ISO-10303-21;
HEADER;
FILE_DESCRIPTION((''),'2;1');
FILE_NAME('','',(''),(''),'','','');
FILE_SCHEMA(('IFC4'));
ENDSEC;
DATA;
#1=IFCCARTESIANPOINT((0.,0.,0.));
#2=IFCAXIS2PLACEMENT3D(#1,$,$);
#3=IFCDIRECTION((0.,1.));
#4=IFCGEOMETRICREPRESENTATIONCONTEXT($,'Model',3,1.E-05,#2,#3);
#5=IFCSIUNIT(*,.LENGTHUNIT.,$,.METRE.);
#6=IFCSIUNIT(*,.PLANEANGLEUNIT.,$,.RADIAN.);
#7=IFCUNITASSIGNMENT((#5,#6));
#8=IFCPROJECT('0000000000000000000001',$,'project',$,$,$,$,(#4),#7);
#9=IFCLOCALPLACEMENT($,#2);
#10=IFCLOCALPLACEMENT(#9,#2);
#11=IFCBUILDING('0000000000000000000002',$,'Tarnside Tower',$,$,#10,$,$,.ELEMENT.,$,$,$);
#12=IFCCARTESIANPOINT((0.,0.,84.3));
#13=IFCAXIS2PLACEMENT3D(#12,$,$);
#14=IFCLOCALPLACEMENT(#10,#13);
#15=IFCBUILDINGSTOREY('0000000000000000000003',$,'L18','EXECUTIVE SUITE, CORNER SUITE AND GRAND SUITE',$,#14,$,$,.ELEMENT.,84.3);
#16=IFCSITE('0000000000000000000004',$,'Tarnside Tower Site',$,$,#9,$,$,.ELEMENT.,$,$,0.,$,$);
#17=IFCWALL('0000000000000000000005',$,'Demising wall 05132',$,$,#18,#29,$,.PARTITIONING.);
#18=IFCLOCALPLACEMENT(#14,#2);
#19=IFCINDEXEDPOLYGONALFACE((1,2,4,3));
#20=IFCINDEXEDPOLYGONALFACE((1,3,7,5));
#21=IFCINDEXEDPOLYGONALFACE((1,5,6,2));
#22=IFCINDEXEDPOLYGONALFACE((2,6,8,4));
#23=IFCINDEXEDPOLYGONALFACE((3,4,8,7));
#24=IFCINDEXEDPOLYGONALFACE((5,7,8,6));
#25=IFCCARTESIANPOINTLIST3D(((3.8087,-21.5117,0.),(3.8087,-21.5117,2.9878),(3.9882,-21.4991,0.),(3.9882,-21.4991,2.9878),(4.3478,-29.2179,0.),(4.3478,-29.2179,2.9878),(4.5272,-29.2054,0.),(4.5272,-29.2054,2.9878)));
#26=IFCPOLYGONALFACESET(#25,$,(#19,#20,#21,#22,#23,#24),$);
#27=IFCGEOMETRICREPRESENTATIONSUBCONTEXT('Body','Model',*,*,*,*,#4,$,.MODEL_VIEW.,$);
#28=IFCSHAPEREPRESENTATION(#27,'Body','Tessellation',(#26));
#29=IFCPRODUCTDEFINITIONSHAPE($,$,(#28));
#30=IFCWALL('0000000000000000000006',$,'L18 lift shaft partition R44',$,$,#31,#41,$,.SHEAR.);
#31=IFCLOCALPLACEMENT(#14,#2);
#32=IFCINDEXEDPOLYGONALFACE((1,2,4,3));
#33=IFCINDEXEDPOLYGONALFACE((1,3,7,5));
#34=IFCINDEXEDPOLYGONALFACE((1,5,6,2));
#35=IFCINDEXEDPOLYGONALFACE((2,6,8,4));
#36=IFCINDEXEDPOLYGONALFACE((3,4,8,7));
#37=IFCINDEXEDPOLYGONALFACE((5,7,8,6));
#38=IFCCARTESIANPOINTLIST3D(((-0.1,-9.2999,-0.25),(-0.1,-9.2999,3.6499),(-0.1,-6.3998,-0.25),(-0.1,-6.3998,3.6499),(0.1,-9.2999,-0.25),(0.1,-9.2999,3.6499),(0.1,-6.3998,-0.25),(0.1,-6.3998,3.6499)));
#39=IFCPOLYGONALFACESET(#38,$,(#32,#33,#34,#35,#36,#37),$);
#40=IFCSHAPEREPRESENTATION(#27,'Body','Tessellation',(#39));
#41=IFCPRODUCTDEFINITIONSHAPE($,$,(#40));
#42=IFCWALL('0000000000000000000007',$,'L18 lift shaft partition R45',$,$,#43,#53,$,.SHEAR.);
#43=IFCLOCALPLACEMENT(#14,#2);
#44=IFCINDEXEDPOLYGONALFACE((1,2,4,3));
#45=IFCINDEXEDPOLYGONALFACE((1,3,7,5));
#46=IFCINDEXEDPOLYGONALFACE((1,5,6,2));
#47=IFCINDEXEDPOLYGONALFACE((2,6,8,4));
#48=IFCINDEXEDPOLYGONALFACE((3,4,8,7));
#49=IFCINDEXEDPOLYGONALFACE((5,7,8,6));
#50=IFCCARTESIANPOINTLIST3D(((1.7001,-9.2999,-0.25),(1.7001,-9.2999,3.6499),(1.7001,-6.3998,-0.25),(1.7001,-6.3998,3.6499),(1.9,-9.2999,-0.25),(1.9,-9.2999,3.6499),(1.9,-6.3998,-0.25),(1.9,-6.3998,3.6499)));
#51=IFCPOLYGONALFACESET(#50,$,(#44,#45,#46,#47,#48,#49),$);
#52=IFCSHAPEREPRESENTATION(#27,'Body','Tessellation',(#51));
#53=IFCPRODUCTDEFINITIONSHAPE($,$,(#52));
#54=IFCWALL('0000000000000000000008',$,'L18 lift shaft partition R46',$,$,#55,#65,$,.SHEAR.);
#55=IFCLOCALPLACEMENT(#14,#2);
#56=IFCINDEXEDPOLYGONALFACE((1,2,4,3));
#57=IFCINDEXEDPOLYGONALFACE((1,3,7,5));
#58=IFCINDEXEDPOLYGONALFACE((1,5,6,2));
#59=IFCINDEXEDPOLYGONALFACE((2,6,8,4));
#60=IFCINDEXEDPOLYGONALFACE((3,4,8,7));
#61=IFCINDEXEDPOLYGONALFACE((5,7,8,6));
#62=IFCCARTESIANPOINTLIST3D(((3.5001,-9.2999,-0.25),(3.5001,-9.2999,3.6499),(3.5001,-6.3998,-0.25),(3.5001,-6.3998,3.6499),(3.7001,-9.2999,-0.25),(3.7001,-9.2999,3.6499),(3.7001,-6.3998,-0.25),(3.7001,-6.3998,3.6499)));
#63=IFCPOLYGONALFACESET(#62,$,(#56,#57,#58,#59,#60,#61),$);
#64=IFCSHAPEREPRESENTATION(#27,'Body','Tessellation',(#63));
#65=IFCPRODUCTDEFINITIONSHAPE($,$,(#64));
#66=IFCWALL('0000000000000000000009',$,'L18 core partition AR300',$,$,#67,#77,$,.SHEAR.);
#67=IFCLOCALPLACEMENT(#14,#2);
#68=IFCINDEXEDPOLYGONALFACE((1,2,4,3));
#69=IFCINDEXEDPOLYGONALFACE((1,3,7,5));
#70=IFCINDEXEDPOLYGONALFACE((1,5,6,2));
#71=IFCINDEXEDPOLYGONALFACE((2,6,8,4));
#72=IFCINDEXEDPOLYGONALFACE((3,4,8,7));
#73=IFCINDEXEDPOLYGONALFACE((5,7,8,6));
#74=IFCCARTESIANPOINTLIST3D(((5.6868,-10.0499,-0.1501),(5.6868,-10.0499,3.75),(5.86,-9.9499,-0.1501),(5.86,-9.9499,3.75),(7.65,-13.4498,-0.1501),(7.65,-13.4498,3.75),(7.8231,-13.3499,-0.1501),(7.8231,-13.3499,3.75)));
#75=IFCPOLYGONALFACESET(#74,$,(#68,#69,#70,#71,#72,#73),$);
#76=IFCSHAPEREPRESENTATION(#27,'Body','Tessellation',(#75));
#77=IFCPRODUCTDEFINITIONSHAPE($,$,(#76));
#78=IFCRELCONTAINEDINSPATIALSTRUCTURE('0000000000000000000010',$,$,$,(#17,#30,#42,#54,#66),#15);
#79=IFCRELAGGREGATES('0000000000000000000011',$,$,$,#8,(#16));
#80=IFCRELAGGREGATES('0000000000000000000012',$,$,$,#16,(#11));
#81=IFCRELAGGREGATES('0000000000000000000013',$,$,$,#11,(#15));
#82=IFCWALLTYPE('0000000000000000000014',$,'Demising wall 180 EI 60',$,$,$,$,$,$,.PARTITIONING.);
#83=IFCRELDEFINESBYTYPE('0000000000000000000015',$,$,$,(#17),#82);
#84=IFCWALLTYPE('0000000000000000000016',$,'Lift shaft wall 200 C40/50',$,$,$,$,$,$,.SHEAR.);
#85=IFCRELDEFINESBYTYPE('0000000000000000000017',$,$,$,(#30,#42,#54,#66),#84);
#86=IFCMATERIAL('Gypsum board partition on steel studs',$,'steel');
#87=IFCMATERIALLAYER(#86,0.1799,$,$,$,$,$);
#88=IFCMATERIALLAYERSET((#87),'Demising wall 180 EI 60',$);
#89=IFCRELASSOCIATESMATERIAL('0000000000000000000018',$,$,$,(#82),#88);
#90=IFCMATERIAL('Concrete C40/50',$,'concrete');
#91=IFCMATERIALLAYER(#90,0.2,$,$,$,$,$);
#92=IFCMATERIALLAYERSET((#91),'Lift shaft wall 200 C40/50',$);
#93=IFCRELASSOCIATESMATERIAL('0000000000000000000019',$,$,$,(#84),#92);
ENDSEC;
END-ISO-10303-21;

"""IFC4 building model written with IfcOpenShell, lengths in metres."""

from ifc_helpers import new_model, si_unit, direction, frame, frame_2d, origin, place, context, subcontext, project, spatial, rectangle, extrude, material, layer, layer_set, type_object, element, save


model = new_model("IFC4")

# Units and contexts
model_context = context("Model", 3, precision=1e-05, world=origin(), true_north=direction((0.0, 1.0)))
body_context = subcontext(model_context, "Body", "Model", "MODEL_VIEW")
ifc_project = project(units=[si_unit("LENGTHUNIT", "METRE"), si_unit("PLANEANGLEUNIT", "RADIAN")], contexts=[model_context])

# Site, building, storey
site_placement = place(None, origin())
site = spatial("IfcSite", under=ifc_project, at=site_placement, Name="Tarnside Tower Site", CompositionType="ELEMENT", RefElevation=0.0)
building_placement = place(site_placement, origin())
building = spatial("IfcBuilding", under=site, at=building_placement, Name="Tarnside Tower", CompositionType="ELEMENT")
storey_placement = place(building_placement, frame((0.0, 0.0, 84.3)))
storey = spatial("IfcBuildingStorey", under=building, at=storey_placement, Name="L18", Description="EXECUTIVE SUITE, CORNER SUITE AND GRAND SUITE", CompositionType="ELEMENT", Elevation=84.3)

# Shared definitions
ifc_material_1 = material(Name="Gypsum board partition on steel studs", Category="steel")

# Shared definitions
ifc_material_2 = material(Name="Concrete C40/50", Category="concrete")

# Walls
ifc_layer_1 = layer(ifc_material_1, 0.1799)
ifc_layer_set_1 = layer_set([ifc_layer_1], Name="Demising wall 180 EI 60")
wall_type_1 = type_object("IfcWallType", Name="Demising wall 180 EI 60", PredefinedType="PARTITIONING", material=ifc_layer_set_1)
wall_1_placement = place(storey_placement, frame((4.4375, -29.2117, 0.0), z_axis=(0.0, 0.0, 1.0), x_axis=(-0.06978, 0.997562, 0.0)))
element("IfcWall", 1, at=wall_1_placement, inside=storey, type_object=wall_type_1, Name="Demising wall 05132", PredefinedType="PARTITIONING", context=body_context, shape_type="SweptSolid", body=[
    extrude(rectangle(XDim=7.7251, YDim=0.1799, at=frame_2d((3.8625, 0.0))), origin(), (0.0, 0.0, 1.0), 2.9878),
])
ifc_layer_2 = layer(ifc_material_2, 0.2)
ifc_layer_set_2 = layer_set([ifc_layer_2], Name="Lift shaft wall 200 C40/50")
wall_type_2 = type_object("IfcWallType", Name="Lift shaft wall 200 C40/50", PredefinedType="SHEAR", material=ifc_layer_set_2)
for number, where, z_axis, x_axis, name in (
    (2, (0.0, -9.3, -0.25), (0.0, 0.0, 1.0), (0.0, 1.0, 0.0), "L18 lift shaft partition R44"),
    (3, (1.8, -9.3, -0.25), (0.0, 0.0, 1.0), (0.0, 1.0, 0.0), "L18 lift shaft partition R45"),
    (4, (3.6001, -9.3, -0.25), (0.0, 0.0, 1.0), (0.0, 1.0, 0.0), "L18 lift shaft partition R46"),
):
    element("IfcWall", number, at=place(storey_placement, frame(where, z_axis=z_axis, x_axis=x_axis)), inside=storey, type_object=wall_type_2, Name=name, PredefinedType="SHEAR", context=body_context, shape_type="SweptSolid", body=[
        extrude(rectangle(XDim=2.9001, YDim=0.2, at=frame_2d((1.4502, 0.0))), origin(), (0.0, 0.0, 1.0), 3.8999),
    ])
wall_2_placement = place(storey_placement, frame((5.7734, -10.0, -0.1501), z_axis=(0.0, 0.0, 1.0), x_axis=(0.500038, -0.866003, 0.0)))
element("IfcWall", 5, at=wall_2_placement, inside=storey, type_object=wall_type_2, Name="L18 core partition AR300", PredefinedType="SHEAR", context=body_context, shape_type="SweptSolid", body=[
    extrude(rectangle(XDim=3.926, YDim=0.2, at=frame_2d((1.9629, 0.0))), origin(), (0.0, 0.0, 1.0), 3.9001),
])

save(model, "model.ifc")
